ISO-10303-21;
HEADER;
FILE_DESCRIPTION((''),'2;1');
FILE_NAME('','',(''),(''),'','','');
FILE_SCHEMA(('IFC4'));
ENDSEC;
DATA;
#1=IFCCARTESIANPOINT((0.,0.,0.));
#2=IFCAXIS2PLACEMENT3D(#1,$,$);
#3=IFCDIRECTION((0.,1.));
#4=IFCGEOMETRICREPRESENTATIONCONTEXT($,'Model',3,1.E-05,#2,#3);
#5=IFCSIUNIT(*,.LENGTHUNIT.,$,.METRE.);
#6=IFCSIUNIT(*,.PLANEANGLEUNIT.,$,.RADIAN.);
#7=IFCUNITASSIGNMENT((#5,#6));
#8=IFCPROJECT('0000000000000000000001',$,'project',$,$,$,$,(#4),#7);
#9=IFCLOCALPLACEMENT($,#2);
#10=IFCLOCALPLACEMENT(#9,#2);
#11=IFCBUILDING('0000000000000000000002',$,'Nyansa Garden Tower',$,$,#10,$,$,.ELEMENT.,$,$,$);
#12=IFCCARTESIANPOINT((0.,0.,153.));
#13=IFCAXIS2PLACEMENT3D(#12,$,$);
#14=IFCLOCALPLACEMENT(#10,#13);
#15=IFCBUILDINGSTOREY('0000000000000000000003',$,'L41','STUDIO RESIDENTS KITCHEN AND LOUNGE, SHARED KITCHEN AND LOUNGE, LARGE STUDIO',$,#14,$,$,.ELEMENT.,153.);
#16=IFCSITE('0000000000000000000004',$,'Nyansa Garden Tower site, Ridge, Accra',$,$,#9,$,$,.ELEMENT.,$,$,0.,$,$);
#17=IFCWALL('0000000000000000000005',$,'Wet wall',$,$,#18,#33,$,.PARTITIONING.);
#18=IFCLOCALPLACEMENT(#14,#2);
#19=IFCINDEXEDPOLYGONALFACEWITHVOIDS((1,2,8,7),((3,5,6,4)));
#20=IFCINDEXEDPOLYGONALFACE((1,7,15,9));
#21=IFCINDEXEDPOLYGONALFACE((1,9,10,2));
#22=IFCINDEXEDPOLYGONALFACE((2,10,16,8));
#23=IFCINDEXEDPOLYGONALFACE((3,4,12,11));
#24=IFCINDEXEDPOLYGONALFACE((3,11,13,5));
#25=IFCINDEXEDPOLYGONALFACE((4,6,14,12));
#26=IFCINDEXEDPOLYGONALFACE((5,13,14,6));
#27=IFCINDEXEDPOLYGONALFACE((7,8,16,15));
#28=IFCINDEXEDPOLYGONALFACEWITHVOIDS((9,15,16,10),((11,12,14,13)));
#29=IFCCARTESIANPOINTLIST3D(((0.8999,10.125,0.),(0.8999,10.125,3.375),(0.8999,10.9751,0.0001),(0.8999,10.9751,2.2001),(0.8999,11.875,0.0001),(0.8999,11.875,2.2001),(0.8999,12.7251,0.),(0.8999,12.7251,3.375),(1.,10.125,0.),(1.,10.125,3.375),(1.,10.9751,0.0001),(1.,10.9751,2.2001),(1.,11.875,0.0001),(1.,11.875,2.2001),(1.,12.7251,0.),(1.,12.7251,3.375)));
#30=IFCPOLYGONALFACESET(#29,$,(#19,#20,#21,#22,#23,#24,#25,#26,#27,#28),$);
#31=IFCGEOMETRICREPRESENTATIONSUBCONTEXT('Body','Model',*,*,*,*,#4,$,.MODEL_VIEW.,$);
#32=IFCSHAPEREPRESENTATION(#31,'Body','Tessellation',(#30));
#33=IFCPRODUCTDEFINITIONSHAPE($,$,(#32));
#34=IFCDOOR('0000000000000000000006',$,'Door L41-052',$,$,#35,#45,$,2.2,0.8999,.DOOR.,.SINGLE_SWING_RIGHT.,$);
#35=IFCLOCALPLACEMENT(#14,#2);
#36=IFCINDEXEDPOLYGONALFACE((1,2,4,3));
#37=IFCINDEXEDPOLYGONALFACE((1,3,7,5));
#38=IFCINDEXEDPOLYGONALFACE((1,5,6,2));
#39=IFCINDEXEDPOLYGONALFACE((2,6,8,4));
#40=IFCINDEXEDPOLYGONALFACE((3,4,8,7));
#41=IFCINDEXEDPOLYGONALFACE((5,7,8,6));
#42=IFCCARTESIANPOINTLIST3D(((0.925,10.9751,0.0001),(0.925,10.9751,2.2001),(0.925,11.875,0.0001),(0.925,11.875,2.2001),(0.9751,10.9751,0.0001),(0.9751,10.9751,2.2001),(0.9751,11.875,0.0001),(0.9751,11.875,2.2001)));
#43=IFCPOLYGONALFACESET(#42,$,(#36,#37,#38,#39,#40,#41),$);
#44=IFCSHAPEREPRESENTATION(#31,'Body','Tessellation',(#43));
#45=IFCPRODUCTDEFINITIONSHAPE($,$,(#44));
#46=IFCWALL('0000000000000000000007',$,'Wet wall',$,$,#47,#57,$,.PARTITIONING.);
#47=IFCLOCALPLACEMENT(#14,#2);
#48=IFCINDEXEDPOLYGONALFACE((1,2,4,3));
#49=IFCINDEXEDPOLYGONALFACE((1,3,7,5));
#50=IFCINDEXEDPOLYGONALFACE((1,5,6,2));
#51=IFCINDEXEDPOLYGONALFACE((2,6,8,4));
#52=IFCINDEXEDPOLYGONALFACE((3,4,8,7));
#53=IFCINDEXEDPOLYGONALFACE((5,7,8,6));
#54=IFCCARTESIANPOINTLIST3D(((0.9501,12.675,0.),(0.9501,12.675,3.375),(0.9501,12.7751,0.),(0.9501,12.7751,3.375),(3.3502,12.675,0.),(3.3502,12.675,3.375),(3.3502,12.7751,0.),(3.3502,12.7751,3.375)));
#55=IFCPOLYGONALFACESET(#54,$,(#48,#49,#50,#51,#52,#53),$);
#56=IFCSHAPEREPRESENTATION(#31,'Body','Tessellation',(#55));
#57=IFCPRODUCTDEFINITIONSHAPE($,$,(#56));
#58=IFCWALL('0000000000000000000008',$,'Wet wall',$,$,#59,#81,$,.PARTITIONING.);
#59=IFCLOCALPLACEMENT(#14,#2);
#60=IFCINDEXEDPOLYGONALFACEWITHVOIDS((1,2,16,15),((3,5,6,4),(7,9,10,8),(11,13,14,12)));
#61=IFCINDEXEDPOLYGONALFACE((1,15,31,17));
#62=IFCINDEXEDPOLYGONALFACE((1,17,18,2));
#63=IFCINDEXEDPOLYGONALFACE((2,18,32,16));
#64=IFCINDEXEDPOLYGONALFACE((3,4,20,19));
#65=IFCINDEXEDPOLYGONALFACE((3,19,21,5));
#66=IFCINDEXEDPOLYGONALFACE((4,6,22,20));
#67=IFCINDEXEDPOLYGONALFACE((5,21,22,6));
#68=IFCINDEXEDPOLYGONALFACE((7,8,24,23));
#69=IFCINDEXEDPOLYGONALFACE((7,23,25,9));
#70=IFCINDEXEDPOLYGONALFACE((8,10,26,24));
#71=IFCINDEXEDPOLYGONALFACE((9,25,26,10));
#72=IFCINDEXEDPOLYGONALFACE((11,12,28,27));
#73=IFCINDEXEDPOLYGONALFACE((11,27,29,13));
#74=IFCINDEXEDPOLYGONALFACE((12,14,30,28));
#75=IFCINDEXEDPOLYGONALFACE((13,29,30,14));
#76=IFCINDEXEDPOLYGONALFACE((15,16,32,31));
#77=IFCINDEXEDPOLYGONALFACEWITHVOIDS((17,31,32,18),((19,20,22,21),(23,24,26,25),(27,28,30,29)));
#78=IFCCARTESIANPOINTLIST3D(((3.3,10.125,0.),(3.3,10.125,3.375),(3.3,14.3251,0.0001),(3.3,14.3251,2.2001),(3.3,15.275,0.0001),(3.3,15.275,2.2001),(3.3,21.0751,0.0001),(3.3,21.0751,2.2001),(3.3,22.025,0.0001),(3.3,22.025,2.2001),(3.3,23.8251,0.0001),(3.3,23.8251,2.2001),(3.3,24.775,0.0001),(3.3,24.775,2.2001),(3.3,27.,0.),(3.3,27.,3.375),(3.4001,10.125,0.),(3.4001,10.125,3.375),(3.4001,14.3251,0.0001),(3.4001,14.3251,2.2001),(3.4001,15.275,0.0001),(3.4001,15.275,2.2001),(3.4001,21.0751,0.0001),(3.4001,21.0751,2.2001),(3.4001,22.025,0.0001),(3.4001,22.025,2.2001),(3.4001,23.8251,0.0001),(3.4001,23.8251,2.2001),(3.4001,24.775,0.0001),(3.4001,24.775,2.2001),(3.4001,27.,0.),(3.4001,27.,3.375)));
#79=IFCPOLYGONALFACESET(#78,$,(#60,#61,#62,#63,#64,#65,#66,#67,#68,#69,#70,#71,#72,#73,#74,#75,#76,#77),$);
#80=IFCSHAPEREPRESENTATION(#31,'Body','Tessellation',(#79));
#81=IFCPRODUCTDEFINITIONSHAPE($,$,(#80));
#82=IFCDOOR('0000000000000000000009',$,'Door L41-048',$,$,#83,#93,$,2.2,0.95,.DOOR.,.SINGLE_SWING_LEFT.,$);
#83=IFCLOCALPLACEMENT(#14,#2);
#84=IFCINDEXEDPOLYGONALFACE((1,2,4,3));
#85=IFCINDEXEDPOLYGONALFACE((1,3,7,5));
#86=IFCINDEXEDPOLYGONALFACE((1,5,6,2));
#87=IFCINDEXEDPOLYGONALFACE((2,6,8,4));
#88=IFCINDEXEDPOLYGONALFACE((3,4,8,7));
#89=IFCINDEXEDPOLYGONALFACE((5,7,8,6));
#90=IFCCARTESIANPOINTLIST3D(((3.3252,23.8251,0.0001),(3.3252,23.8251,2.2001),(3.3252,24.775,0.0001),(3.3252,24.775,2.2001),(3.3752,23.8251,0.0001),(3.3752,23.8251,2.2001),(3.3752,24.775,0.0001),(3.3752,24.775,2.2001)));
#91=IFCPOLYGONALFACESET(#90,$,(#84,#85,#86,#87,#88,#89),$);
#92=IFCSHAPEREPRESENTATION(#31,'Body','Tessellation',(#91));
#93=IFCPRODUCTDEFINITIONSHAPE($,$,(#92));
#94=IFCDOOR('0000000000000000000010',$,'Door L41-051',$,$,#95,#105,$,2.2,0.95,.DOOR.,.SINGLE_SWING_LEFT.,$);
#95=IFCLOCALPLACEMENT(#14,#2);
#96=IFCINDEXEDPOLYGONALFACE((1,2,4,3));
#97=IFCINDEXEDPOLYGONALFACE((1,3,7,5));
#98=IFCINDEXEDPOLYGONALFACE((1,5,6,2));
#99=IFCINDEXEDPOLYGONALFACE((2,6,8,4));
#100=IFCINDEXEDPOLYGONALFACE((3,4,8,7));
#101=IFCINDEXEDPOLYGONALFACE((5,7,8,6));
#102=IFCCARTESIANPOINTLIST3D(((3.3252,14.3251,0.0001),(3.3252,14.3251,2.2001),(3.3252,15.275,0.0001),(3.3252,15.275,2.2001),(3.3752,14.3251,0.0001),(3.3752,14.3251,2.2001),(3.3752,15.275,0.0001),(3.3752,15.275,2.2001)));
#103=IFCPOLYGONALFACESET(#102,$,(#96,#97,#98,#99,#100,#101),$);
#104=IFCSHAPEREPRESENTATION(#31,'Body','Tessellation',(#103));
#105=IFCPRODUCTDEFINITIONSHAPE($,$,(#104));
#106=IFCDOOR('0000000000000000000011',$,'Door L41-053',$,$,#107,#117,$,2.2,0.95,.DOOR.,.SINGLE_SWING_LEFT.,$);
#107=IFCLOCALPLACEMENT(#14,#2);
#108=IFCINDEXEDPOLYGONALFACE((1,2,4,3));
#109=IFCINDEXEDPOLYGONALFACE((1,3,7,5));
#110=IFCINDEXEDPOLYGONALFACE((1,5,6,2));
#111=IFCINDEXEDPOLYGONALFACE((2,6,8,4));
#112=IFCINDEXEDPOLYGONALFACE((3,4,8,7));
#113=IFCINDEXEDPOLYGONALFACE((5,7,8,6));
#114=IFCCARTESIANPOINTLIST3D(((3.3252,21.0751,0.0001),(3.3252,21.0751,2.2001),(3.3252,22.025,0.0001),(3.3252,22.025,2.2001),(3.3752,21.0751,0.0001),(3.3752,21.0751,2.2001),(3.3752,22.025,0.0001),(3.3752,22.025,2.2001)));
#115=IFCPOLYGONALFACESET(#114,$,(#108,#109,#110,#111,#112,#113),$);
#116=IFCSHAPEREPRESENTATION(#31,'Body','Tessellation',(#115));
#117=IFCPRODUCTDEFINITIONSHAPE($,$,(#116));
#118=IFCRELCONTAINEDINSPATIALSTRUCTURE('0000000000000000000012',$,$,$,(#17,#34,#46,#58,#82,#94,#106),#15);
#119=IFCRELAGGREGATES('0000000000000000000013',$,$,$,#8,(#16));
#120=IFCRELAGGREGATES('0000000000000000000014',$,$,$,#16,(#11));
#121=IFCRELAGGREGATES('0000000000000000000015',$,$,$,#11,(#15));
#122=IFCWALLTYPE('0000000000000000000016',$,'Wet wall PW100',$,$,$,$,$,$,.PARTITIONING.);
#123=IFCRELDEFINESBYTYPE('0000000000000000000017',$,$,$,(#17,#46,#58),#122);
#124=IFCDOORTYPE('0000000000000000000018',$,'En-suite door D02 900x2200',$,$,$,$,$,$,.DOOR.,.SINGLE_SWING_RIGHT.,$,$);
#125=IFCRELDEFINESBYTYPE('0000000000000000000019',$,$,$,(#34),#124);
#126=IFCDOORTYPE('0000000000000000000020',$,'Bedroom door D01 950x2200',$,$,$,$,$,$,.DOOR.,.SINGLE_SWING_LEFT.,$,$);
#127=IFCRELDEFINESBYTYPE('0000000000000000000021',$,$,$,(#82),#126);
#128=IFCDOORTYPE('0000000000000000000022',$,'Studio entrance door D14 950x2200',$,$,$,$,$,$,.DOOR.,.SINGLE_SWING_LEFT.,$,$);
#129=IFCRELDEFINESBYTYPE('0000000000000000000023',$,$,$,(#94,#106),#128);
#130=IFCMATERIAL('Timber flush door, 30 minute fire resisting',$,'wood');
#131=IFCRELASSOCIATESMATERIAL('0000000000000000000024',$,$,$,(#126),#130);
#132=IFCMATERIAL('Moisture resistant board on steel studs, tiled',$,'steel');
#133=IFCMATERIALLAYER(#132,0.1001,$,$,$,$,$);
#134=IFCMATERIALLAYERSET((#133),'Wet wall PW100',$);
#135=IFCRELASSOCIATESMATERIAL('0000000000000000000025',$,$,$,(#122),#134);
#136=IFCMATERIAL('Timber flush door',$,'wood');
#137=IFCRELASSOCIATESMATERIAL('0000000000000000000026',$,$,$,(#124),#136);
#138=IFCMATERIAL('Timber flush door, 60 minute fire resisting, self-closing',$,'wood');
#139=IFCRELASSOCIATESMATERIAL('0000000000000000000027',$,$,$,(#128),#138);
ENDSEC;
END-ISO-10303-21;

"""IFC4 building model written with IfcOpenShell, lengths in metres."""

from ifc_helpers import new_model, si_unit, direction, frame, frame_2d, origin, place, context, subcontext, project, spatial, rectangle, extrude, material, layer, layer_set, type_object, element, fill, save


model = new_model("IFC4")

# Units and contexts
model_context = context("Model", 3, precision=1e-05, world=origin(), true_north=direction((0.0, 1.0)))
body_context = subcontext(model_context, "Body", "Model", "MODEL_VIEW")
ifc_project = project(units=[si_unit("LENGTHUNIT", "METRE"), si_unit("PLANEANGLEUNIT", "RADIAN")], contexts=[model_context])

# Site, building, storey
site_placement = place(None, origin())
site = spatial("IfcSite", under=ifc_project, at=site_placement, Name="Nyansa Garden Tower site, Ridge, Accra", CompositionType="ELEMENT", RefElevation=0.0)
building_placement = place(site_placement, origin())
building = spatial("IfcBuilding", under=site, at=building_placement, Name="Nyansa Garden Tower", CompositionType="ELEMENT")
storey_placement = place(building_placement, frame((0.0, 0.0, 153.0)))
storey = spatial("IfcBuildingStorey", under=building, at=storey_placement, Name="L41", Description="STUDIO RESIDENTS KITCHEN AND LOUNGE, SHARED KITCHEN AND LOUNGE, LARGE STUDIO", CompositionType="ELEMENT", Elevation=153.0)

# Shared definitions
ifc_material_1 = material(Name="Timber flush door, 30 minute fire resisting", Category="wood")
door_type_1 = type_object("IfcDoorType", Name="Bedroom door D01 950x2200", OperationType="SINGLE_SWING_LEFT", PredefinedType="DOOR", material=ifc_material_1)

# Wall, opening, door
ifc_material_2 = material(Name="Moisture resistant board on steel studs, tiled", Category="steel")
ifc_layer_1 = layer(ifc_material_2, 0.1001)
ifc_layer_set_1 = layer_set([ifc_layer_1], Name="Wet wall PW100")
wall_type_1 = type_object("IfcWallType", Name="Wet wall PW100", PredefinedType="PARTITIONING", material=ifc_layer_set_1)
wall_1_placement = place(storey_placement, frame((0.95, 10.125, 0.0), z_axis=(0.0, 0.0, 1.0), x_axis=(0.0, 1.0, 0.0)))
wall_1 = element("IfcWall", 1, at=wall_1_placement, inside=storey, type_object=wall_type_1, Name="Wet wall", PredefinedType="PARTITIONING", context=body_context, shape_type="SweptSolid", body=[
    extrude(rectangle(XDim=2.6001, YDim=0.1001, at=frame_2d((1.3, 0.0))), origin(), (0.0, 0.0, 1.0), 3.375),
])
opening_1_placement = place(wall_1_placement, frame((0.8501, 0.0, 0.0)))
opening_1 = element("IfcOpeningElement", 2, at=opening_1_placement, cuts=wall_1, PredefinedType="OPENING", context=body_context, shape_type="SweptSolid", body=[
    extrude(rectangle(XDim=0.8999, YDim=2.2, at=frame_2d((0.45, 1.1001))), frame((0.0, 0.0601, 0.0), z_axis=(0.0, -1.0, 0.0), x_axis=(1.0, 0.0, 0.0)), (0.0, 0.0, 1.0), 0.1201),
])
ifc_material_3 = material(Name="Timber flush door", Category="wood")
door_type_2 = type_object("IfcDoorType", Name="En-suite door D02 900x2200", OperationType="SINGLE_SWING_RIGHT", PredefinedType="DOOR", material=ifc_material_3)
door_1_placement = place(opening_1_placement, origin())
door_1 = element("IfcDoor", 3, at=door_1_placement, inside=storey, type_object=door_type_2, Name="Door L41-052", OperationType="SINGLE_SWING_RIGHT", OverallHeight=2.2, OverallWidth=0.8999, PredefinedType="DOOR", context=body_context, shape_type="SweptSolid", body=[
    extrude(rectangle(XDim=0.8999, YDim=2.2, at=frame_2d((0.45, 1.1001))), frame((0.0, 0.0249, 0.0), z_axis=(0.0, -1.0, 0.0), x_axis=(1.0, 0.0, 0.0)), (0.0, 0.0, 1.0), 0.05),
])
fill(opening_1, door_1)

# Wall
wall_2_placement = place(storey_placement, frame((0.95, 12.7251, 0.0), z_axis=(0.0, 0.0, 1.0), x_axis=(1.0, 0.0, 0.0)))
element("IfcWall", 4, at=wall_2_placement, inside=storey, type_object=wall_type_1, Name="Wet wall", PredefinedType="PARTITIONING", context=body_context, shape_type="SweptSolid", body=[
    extrude(rectangle(XDim=2.4001, YDim=0.1001, at=frame_2d((1.2002, 0.0))), origin(), (0.0, 0.0, 1.0), 3.375),
])

# Wall, openings, doors
wall_3_placement = place(storey_placement, frame((3.3501, 10.125, 0.0), z_axis=(0.0, 0.0, 1.0), x_axis=(0.0, 1.0, 0.0)))
wall_3 = element("IfcWall", 5, at=wall_3_placement, inside=storey, type_object=wall_type_1, Name="Wet wall", PredefinedType="PARTITIONING", context=body_context, shape_type="SweptSolid", body=[
    extrude(rectangle(XDim=16.875, YDim=0.1001, at=frame_2d((8.4375, 0.0))), origin(), (0.0, 0.0, 1.0), 3.375),
])
opening_2_placement = place(wall_3_placement, frame((13.7, 0.0, 0.0)))
opening_2 = element("IfcOpeningElement", 6, at=opening_2_placement, cuts=wall_3, PredefinedType="OPENING", context=body_context, shape_type="SweptSolid", body=[
    extrude(rectangle(XDim=0.95, YDim=2.2, at=frame_2d((0.4751, 1.1001))), frame((0.0, 0.0601, 0.0), z_axis=(0.0, -1.0, 0.0), x_axis=(1.0, 0.0, 0.0)), (0.0, 0.0, 1.0), 0.1201),
])
opening_3_placement = place(wall_3_placement, frame((4.2, 0.0, 0.0)))
opening_3 = element("IfcOpeningElement", 7, at=opening_3_placement, cuts=wall_3, PredefinedType="OPENING", context=body_context, shape_type="SweptSolid", body=[
    extrude(rectangle(XDim=0.95, YDim=2.2, at=frame_2d((0.4751, 1.1001))), frame((0.0, 0.0601, 0.0), z_axis=(0.0, -1.0, 0.0), x_axis=(1.0, 0.0, 0.0)), (0.0, 0.0, 1.0), 0.1201),
])
opening_4_placement = place(wall_3_placement, frame((10.95, 0.0, 0.0)))
opening_4 = element("IfcOpeningElement", 8, at=opening_4_placement, cuts=wall_3, PredefinedType="OPENING", context=body_context, shape_type="SweptSolid", body=[
    extrude(rectangle(XDim=0.95, YDim=2.2, at=frame_2d((0.4751, 1.1001))), frame((0.0, 0.0601, 0.0), z_axis=(0.0, -1.0, 0.0), x_axis=(1.0, 0.0, 0.0)), (0.0, 0.0, 1.0), 0.1201),
])
door_2_placement = place(opening_2_placement, origin())
door_2 = element("IfcDoor", 9, at=door_2_placement, inside=storey, type_object=door_type_1, Name="Door L41-048", OperationType="SINGLE_SWING_LEFT", OverallHeight=2.2, OverallWidth=0.95, PredefinedType="DOOR", context=body_context, shape_type="SweptSolid", body=[
    extrude(rectangle(XDim=0.95, YDim=2.2, at=frame_2d((0.4751, 1.1001))), frame((0.0, 0.0249, 0.0), z_axis=(0.0, -1.0, 0.0), x_axis=(1.0, 0.0, 0.0)), (0.0, 0.0, 1.0), 0.05),
])
fill(opening_2, door_2)
ifc_material_4 = material(Name="Timber flush door, 60 minute fire resisting, self-closing", Category="wood")
door_type_3 = type_object("IfcDoorType", Name="Studio entrance door D14 950x2200", OperationType="SINGLE_SWING_LEFT", PredefinedType="DOOR", material=ifc_material_4)
door_3_placement = place(opening_3_placement, origin())
door_3 = element("IfcDoor", 10, at=door_3_placement, inside=storey, type_object=door_type_3, Name="Door L41-051", OperationType="SINGLE_SWING_LEFT", OverallHeight=2.2, OverallWidth=0.95, PredefinedType="DOOR", context=body_context, shape_type="SweptSolid", body=[
    extrude(rectangle(XDim=0.95, YDim=2.2, at=frame_2d((0.4751, 1.1001))), frame((0.0, 0.0249, 0.0), z_axis=(0.0, -1.0, 0.0), x_axis=(1.0, 0.0, 0.0)), (0.0, 0.0, 1.0), 0.05),
])
fill(opening_3, door_3)
door_4_placement = place(opening_4_placement, origin())
door_4 = element("IfcDoor", 11, at=door_4_placement, inside=storey, type_object=door_type_3, Name="Door L41-053", OperationType="SINGLE_SWING_LEFT", OverallHeight=2.2, OverallWidth=0.95, PredefinedType="DOOR", context=body_context, shape_type="SweptSolid", body=[
    extrude(rectangle(XDim=0.95, YDim=2.2, at=frame_2d((0.4751, 1.1001))), frame((0.0, 0.0249, 0.0), z_axis=(0.0, -1.0, 0.0), x_axis=(1.0, 0.0, 0.0)), (0.0, 0.0, 1.0), 0.05),
])
fill(opening_4, door_4)

save(model, "model.ifc")
